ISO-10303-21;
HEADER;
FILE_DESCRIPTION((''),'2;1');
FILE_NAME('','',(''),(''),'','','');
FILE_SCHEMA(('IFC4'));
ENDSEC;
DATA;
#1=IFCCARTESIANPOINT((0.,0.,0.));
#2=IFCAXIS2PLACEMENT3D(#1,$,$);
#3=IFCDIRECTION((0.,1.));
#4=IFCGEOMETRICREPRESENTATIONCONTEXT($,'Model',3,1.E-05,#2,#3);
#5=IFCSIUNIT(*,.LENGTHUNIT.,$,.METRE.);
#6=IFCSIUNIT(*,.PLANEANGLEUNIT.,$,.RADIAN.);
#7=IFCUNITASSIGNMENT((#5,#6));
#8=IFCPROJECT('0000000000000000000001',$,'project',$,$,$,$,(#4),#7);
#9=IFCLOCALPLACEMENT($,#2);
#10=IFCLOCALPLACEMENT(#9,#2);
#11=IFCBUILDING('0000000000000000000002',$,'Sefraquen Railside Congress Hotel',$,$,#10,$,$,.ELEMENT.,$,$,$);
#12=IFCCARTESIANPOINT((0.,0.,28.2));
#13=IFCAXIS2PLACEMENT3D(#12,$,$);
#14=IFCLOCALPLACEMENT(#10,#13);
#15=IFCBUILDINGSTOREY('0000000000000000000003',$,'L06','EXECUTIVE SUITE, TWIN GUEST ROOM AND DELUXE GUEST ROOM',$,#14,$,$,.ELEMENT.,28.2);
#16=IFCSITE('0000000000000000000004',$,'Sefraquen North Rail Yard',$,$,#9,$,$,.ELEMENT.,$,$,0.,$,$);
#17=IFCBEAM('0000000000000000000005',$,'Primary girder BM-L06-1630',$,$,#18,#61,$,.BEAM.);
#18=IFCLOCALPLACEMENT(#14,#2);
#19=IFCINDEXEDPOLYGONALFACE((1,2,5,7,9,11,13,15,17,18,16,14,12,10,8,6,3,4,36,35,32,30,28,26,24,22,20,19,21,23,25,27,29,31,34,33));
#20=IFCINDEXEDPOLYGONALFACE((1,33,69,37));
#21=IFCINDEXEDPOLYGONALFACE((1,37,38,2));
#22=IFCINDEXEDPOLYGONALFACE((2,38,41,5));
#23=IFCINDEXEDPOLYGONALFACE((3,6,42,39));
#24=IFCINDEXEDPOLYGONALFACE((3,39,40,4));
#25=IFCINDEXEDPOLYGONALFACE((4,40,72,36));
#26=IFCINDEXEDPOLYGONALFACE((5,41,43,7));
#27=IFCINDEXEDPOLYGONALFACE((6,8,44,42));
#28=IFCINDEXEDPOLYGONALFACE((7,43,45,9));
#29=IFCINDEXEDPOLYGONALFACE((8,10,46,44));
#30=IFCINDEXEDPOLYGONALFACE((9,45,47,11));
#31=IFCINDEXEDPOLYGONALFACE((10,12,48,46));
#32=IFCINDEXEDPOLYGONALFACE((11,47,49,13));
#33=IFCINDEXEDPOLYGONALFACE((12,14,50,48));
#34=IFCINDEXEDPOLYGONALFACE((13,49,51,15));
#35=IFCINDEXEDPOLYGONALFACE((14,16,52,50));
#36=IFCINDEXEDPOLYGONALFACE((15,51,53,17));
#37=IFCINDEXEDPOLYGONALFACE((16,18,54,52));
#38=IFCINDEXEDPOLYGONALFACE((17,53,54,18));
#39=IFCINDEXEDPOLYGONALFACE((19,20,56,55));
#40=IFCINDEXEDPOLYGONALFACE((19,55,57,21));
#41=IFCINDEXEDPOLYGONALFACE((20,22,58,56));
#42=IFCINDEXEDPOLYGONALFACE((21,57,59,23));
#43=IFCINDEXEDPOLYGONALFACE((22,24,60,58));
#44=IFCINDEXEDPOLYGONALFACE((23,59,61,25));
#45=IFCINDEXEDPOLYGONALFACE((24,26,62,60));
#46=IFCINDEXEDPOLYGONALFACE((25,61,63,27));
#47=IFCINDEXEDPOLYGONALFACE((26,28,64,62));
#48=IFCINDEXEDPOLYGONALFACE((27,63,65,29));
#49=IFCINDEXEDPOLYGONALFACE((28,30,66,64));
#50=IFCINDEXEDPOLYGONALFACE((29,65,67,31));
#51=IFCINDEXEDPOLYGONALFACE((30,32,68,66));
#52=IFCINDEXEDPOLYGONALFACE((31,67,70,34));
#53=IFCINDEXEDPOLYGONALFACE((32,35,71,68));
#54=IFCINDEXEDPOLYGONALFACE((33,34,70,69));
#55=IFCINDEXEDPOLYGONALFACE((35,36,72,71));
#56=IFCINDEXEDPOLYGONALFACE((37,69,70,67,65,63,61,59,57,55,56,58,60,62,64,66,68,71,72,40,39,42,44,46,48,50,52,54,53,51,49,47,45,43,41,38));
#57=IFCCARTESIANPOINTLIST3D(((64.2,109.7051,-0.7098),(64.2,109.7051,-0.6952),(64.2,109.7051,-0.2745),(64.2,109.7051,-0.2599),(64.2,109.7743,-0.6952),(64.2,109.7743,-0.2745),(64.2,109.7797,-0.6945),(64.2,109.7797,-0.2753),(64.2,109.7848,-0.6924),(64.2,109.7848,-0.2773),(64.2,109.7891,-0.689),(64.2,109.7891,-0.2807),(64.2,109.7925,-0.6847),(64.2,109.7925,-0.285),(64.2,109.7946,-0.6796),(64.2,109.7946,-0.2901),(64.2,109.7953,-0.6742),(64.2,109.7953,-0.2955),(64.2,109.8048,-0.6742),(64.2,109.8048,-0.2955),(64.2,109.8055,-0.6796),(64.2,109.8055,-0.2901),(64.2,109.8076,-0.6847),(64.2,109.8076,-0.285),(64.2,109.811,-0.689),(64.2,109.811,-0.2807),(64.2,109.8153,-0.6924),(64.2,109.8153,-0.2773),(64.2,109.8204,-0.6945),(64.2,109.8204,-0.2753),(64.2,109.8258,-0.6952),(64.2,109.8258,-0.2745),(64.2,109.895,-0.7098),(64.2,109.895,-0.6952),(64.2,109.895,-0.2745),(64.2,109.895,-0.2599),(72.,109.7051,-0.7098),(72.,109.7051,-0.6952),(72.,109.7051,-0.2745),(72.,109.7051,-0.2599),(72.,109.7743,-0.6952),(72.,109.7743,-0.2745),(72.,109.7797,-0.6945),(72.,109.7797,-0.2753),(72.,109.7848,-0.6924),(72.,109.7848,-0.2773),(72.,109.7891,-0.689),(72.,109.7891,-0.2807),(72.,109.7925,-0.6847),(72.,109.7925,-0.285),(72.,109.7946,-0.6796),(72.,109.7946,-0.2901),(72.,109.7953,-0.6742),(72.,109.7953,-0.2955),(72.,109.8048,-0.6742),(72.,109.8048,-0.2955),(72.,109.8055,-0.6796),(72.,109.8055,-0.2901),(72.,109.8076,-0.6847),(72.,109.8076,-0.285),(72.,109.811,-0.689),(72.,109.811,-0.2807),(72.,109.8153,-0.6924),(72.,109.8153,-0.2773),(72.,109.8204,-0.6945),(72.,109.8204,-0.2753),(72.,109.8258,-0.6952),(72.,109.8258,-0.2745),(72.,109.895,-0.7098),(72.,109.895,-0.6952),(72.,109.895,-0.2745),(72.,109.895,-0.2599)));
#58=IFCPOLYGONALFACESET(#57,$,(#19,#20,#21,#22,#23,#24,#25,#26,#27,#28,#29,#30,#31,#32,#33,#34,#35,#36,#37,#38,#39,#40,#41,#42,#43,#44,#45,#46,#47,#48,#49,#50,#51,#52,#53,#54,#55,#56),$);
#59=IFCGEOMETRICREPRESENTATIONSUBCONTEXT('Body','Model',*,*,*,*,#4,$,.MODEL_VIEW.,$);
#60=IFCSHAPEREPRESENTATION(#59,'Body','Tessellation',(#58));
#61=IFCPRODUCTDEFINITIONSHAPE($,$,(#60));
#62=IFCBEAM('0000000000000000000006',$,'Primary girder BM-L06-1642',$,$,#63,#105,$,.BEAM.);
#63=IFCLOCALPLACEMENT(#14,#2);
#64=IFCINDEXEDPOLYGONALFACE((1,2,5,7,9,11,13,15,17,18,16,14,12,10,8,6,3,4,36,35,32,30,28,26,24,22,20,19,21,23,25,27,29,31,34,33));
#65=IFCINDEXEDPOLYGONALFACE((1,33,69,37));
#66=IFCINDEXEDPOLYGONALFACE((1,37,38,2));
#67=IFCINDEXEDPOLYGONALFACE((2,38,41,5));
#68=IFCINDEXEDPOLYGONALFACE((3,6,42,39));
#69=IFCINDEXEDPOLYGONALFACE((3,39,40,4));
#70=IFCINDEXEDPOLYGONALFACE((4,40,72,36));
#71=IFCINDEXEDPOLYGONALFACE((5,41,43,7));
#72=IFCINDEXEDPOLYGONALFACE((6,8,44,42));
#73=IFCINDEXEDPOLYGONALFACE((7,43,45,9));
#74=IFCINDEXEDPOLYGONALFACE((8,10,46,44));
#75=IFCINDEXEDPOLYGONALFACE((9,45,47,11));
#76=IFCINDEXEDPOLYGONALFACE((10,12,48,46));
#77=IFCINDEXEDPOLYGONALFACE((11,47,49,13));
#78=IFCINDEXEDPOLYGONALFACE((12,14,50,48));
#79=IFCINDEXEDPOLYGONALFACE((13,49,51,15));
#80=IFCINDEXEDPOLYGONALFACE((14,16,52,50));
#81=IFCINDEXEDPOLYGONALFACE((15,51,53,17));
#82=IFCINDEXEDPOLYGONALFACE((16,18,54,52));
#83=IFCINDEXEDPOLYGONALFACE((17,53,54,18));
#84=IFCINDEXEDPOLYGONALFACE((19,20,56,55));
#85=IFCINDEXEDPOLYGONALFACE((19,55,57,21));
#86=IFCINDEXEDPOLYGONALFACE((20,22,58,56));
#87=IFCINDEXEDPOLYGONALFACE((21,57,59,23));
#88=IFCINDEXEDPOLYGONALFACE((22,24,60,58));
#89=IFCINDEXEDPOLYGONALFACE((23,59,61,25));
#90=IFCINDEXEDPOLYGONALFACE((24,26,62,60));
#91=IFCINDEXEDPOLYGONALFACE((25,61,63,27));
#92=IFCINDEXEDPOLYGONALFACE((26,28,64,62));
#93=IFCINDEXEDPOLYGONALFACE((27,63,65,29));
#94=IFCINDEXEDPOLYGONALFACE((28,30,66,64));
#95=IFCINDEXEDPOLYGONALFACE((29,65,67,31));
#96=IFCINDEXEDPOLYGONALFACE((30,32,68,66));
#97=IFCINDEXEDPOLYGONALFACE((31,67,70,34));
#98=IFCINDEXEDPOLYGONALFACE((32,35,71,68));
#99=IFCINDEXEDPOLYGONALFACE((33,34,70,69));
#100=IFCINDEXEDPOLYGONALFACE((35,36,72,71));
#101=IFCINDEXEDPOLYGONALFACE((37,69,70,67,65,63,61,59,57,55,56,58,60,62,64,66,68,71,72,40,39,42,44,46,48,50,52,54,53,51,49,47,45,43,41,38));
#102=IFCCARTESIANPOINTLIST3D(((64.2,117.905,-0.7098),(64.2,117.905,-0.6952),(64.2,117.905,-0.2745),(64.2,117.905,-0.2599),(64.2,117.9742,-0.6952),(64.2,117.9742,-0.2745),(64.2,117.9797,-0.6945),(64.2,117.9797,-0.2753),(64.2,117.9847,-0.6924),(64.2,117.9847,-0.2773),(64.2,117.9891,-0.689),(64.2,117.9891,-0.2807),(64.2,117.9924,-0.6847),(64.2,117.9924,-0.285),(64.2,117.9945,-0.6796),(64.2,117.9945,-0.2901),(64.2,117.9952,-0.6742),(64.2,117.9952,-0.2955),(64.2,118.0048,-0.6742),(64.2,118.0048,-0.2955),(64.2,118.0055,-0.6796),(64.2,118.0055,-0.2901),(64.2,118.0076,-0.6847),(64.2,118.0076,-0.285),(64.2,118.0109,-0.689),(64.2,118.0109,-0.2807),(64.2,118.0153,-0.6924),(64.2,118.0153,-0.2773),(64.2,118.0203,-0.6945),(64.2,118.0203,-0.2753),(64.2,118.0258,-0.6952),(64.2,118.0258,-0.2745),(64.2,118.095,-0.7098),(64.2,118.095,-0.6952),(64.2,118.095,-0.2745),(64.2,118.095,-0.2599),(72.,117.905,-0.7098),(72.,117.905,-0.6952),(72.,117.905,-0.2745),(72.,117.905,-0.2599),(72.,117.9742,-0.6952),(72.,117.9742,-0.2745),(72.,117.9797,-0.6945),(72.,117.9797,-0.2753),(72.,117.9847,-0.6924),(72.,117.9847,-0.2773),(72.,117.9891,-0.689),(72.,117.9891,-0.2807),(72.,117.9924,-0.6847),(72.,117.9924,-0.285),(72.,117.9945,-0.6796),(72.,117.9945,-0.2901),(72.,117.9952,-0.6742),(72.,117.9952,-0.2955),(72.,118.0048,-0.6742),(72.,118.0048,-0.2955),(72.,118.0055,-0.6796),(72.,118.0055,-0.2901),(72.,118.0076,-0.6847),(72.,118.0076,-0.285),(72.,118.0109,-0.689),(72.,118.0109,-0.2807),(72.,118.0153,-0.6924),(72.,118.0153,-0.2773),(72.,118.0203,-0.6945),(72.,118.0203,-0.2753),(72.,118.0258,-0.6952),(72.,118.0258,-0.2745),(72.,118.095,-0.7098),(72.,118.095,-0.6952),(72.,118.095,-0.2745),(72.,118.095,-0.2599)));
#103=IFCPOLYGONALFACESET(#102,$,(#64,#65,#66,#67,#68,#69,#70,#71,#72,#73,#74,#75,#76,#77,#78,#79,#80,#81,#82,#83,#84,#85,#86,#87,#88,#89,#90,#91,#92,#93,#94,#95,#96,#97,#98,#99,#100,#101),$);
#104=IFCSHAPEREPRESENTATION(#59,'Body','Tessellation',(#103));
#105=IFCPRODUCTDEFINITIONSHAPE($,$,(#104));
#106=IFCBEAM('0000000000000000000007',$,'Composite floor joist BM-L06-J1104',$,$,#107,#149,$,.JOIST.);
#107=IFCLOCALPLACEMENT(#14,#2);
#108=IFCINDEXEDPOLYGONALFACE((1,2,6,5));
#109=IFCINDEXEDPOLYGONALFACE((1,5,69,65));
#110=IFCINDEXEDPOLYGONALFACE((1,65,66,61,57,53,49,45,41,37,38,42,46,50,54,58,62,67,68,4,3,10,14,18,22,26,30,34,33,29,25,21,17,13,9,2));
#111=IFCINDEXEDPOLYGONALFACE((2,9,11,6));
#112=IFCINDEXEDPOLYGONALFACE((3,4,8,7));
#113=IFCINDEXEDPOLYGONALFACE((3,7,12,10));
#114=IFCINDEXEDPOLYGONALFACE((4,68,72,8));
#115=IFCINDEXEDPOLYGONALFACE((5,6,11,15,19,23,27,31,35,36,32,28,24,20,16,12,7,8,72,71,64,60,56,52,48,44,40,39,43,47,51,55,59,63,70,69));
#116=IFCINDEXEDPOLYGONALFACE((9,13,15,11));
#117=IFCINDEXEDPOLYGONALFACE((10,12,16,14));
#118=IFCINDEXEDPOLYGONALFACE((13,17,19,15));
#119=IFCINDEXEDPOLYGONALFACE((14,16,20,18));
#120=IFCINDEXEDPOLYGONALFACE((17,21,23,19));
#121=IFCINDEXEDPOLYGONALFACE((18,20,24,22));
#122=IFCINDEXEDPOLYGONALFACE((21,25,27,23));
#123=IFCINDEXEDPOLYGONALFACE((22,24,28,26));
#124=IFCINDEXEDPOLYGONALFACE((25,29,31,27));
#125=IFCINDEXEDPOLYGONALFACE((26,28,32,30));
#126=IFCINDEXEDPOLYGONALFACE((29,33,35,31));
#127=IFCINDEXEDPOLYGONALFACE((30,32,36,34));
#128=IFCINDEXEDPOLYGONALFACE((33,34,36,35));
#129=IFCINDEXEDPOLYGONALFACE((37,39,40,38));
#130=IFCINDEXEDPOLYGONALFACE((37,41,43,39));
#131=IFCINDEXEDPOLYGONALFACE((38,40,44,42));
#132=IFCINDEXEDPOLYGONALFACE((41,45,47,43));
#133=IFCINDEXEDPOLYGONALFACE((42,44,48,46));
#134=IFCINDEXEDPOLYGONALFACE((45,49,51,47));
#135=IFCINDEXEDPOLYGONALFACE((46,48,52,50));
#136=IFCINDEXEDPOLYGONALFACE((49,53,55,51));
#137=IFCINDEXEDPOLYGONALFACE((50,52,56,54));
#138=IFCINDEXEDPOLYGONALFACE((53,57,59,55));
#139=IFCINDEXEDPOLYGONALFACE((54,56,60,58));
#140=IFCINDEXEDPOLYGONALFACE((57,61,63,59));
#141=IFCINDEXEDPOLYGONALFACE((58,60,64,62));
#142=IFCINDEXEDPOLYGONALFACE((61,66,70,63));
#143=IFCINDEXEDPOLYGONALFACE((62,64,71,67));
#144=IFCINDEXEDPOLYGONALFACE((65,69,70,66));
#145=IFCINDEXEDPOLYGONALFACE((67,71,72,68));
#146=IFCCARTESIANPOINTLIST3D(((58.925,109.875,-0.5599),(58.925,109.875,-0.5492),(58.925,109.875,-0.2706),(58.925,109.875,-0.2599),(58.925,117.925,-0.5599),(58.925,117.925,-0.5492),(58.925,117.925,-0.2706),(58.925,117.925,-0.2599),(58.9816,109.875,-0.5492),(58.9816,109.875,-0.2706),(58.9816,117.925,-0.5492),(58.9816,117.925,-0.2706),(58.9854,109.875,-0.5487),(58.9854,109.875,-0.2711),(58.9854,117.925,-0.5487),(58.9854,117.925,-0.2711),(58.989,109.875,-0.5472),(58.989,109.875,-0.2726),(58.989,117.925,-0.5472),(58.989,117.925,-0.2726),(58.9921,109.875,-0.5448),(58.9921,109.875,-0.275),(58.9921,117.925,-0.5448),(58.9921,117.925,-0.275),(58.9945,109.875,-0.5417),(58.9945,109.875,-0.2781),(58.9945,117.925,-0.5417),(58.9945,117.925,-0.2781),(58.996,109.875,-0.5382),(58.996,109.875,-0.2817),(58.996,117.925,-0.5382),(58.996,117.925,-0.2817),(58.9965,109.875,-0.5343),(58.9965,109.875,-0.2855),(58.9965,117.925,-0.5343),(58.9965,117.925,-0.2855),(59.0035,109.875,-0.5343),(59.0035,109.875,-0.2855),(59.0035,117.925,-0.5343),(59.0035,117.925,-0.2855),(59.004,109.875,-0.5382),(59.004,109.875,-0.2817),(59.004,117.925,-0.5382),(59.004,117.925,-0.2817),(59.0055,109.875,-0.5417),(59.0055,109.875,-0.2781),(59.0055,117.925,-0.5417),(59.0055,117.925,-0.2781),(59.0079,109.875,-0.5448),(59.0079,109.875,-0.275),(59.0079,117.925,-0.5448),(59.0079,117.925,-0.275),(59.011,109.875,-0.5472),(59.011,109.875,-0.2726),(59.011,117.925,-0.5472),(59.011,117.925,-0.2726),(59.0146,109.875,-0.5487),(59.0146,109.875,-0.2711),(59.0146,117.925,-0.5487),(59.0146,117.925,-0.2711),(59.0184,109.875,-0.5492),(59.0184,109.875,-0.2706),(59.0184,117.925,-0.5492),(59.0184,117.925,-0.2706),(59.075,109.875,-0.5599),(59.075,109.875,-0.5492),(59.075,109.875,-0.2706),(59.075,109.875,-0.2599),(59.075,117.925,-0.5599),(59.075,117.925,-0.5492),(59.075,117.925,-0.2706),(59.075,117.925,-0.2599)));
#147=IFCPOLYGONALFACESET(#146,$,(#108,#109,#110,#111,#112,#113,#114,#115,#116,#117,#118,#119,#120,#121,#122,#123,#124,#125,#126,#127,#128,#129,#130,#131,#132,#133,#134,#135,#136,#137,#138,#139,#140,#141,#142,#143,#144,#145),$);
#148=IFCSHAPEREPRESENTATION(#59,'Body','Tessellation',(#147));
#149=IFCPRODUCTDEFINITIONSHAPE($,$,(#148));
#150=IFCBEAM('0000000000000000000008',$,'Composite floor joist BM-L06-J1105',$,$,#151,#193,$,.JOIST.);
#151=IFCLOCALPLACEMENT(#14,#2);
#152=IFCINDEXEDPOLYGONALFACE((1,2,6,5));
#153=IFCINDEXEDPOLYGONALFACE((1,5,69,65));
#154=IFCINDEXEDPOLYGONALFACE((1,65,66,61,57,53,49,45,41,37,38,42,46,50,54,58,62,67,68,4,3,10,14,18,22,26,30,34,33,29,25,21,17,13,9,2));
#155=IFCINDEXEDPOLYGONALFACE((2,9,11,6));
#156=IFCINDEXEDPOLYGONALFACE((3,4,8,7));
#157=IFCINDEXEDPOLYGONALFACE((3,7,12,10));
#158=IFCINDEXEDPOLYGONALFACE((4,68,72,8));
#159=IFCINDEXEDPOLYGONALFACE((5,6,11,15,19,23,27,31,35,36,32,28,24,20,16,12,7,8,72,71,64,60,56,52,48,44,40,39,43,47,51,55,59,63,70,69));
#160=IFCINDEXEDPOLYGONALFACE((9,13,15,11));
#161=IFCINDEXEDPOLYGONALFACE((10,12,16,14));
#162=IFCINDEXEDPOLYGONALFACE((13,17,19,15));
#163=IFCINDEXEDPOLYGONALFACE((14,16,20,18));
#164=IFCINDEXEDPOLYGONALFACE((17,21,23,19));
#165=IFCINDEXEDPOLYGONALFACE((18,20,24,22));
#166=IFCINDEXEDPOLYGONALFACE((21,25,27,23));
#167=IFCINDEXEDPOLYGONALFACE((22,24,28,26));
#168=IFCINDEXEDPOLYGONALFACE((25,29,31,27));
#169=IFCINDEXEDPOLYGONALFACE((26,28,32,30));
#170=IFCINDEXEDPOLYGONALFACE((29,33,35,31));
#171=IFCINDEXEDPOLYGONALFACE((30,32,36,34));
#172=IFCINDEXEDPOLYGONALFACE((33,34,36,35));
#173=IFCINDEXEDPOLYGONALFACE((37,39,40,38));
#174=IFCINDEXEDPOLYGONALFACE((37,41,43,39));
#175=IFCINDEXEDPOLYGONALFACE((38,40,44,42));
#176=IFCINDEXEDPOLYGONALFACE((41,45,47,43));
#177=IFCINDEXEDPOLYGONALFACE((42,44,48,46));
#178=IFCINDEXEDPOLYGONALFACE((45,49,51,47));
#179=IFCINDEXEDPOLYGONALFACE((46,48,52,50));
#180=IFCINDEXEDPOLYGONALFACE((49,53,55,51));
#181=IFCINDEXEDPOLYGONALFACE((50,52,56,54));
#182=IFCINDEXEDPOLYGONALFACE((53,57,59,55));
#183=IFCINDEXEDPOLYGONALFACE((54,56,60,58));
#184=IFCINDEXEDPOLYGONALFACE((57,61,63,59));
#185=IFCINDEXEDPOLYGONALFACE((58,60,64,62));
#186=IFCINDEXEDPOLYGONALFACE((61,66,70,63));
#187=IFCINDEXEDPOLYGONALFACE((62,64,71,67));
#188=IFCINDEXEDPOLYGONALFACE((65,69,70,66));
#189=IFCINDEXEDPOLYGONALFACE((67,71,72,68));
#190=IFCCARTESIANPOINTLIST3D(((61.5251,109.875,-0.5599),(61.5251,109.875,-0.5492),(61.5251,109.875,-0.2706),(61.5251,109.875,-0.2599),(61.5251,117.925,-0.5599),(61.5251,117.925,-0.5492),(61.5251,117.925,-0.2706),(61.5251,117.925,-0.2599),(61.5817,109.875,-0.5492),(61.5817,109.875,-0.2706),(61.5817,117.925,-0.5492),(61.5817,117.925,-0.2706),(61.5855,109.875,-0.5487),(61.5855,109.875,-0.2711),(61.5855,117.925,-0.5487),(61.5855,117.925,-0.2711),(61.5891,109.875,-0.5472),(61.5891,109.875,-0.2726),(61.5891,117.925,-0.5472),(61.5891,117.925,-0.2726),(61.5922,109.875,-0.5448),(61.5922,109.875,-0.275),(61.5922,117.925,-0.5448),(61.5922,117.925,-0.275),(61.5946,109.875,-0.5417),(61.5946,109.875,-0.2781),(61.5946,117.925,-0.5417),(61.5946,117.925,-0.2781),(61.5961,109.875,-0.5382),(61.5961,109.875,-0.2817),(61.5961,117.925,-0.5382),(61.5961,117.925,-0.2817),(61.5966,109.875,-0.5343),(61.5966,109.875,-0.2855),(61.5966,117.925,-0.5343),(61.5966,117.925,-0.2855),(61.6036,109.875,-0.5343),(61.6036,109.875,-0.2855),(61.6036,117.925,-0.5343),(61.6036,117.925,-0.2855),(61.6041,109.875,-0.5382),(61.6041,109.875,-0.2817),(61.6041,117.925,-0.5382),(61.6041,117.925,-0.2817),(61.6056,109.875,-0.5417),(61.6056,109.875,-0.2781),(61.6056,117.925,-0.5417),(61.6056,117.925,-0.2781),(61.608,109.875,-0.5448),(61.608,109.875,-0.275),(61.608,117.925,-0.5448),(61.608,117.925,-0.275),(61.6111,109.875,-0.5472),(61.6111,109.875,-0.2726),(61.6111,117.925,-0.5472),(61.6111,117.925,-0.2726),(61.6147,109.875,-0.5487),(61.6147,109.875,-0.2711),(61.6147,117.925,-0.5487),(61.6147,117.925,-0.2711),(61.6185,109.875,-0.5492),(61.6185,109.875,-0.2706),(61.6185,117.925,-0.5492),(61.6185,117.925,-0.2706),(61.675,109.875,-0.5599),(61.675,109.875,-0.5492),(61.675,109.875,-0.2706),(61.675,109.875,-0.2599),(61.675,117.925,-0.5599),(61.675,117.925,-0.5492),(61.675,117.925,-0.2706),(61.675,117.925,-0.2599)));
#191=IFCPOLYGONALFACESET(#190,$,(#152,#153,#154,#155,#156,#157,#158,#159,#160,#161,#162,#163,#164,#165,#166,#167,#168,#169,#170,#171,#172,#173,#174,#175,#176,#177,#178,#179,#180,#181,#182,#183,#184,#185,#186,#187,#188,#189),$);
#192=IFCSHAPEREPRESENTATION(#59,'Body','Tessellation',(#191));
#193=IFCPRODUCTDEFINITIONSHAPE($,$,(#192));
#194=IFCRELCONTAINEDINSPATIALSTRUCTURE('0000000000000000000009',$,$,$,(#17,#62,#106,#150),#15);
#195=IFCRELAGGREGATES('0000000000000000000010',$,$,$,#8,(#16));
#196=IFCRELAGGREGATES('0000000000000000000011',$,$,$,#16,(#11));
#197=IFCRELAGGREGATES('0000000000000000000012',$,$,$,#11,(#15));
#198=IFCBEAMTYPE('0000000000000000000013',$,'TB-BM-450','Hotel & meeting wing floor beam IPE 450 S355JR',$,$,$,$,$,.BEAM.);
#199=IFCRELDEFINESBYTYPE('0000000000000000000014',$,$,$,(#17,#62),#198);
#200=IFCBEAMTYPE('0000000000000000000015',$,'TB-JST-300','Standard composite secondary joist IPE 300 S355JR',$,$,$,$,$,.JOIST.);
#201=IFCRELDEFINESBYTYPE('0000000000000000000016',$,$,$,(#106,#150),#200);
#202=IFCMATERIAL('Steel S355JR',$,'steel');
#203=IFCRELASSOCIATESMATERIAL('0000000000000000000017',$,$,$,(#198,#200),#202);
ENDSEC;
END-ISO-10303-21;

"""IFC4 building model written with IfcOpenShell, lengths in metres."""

from ifc_helpers import new_model, si_unit, direction, frame, origin, origin_2d, place, context, subcontext, project, spatial, i_section, extrude, material, material_profile, profile_set, type_object, element, save


model = new_model("IFC4")

# Units and contexts
model_context = context("Model", 3, precision=1e-05, world=origin(), true_north=direction((0.0, 1.0)))
body_context = subcontext(model_context, "Body", "Model", "MODEL_VIEW")
ifc_project = project(units=[si_unit("LENGTHUNIT", "METRE"), si_unit("PLANEANGLEUNIT", "RADIAN")], contexts=[model_context])

# Site, building, storey
site_placement = place(None, origin())
site = spatial("IfcSite", under=ifc_project, at=site_placement, Name="Sefraquen North Rail Yard", CompositionType="ELEMENT", RefElevation=0.0)
building_placement = place(site_placement, origin())
building = spatial("IfcBuilding", under=site, at=building_placement, Name="Sefraquen Railside Congress Hotel", CompositionType="ELEMENT")
storey_placement = place(building_placement, frame((0.0, 0.0, 28.2)))
storey = spatial("IfcBuildingStorey", under=building, at=storey_placement, Name="L06", Description="EXECUTIVE SUITE, TWIN GUEST ROOM AND DELUXE GUEST ROOM", CompositionType="ELEMENT", Elevation=28.2)

# Shared definitions
ifc_material_1 = material(Name="Steel S355JR", Category="steel")

# Beams
ifc_material_profile_1 = material_profile(ifc_material_1, i_section(OverallWidth=0.1899, OverallDepth=0.45, WebThickness=0.0095, FlangeThickness=0.0146, FilletRadius=0.021, at=origin_2d()), Name="IPE 450")
ifc_profile_set_1 = profile_set([ifc_material_profile_1], Name="Steel S355JR")
beam_type_1 = type_object("IfcBeamType", Name="TB-BM-450", Description="Hotel & meeting wing floor beam IPE 450 S355JR", PredefinedType="BEAM", material=ifc_profile_set_1)
for number, where, z_axis, x_axis, name in (
    (1, (64.2, 109.8, -0.4849), (1.0, 0.0, 0.0), (0.0, 1.0, 0.0), "Primary girder BM-L06-1630"),
    (2, (64.2, 118.0, -0.4849), (1.0, 0.0, 0.0), (0.0, 1.0, 0.0), "Primary girder BM-L06-1642"),
):
    element("IfcBeam", number, at=place(storey_placement, frame(where, z_axis=z_axis, x_axis=x_axis)), inside=storey, type_object=beam_type_1, Name=name, PredefinedType="BEAM", context=body_context, shape_type="SweptSolid", body=[
        extrude(i_section(OverallWidth=0.1899, OverallDepth=0.45, WebThickness=0.0095, FlangeThickness=0.0146, FilletRadius=0.021, at=origin_2d()), origin(), (0.0, 0.0, 1.0), 7.8),
    ])
ifc_material_profile_2 = material_profile(ifc_material_1, i_section(OverallWidth=0.1499, OverallDepth=0.3, WebThickness=0.0071, FlangeThickness=0.0107, FilletRadius=0.0149, at=origin_2d()), Name="IPE 300")
ifc_profile_set_2 = profile_set([ifc_material_profile_2], Name="Steel S355JR")
beam_type_2 = type_object("IfcBeamType", Name="TB-JST-300", Description="Standard composite secondary joist IPE 300 S355JR", PredefinedType="JOIST", material=ifc_profile_set_2)
for number, where, z_axis, x_axis, name in (
    (3, (59.0, 109.875, -0.4099), (0.0, 1.0, 0.0), (-1.0, 0.0, 0.0), "Composite floor joist BM-L06-J1104"),
    (4, (61.6001, 109.875, -0.4099), (0.0, 1.0, 0.0), (-1.0, 0.0, 0.0), "Composite floor joist BM-L06-J1105"),
):
    element("IfcBeam", number, at=place(storey_placement, frame(where, z_axis=z_axis, x_axis=x_axis)), inside=storey, type_object=beam_type_2, Name=name, PredefinedType="JOIST", context=body_context, shape_type="SweptSolid", body=[
        extrude(i_section(OverallWidth=0.1499, OverallDepth=0.3, WebThickness=0.0071, FlangeThickness=0.0107, FilletRadius=0.0149, at=origin_2d()), origin(), (0.0, 0.0, 1.0), 8.05),
    ])

save(model, "model.ifc")
